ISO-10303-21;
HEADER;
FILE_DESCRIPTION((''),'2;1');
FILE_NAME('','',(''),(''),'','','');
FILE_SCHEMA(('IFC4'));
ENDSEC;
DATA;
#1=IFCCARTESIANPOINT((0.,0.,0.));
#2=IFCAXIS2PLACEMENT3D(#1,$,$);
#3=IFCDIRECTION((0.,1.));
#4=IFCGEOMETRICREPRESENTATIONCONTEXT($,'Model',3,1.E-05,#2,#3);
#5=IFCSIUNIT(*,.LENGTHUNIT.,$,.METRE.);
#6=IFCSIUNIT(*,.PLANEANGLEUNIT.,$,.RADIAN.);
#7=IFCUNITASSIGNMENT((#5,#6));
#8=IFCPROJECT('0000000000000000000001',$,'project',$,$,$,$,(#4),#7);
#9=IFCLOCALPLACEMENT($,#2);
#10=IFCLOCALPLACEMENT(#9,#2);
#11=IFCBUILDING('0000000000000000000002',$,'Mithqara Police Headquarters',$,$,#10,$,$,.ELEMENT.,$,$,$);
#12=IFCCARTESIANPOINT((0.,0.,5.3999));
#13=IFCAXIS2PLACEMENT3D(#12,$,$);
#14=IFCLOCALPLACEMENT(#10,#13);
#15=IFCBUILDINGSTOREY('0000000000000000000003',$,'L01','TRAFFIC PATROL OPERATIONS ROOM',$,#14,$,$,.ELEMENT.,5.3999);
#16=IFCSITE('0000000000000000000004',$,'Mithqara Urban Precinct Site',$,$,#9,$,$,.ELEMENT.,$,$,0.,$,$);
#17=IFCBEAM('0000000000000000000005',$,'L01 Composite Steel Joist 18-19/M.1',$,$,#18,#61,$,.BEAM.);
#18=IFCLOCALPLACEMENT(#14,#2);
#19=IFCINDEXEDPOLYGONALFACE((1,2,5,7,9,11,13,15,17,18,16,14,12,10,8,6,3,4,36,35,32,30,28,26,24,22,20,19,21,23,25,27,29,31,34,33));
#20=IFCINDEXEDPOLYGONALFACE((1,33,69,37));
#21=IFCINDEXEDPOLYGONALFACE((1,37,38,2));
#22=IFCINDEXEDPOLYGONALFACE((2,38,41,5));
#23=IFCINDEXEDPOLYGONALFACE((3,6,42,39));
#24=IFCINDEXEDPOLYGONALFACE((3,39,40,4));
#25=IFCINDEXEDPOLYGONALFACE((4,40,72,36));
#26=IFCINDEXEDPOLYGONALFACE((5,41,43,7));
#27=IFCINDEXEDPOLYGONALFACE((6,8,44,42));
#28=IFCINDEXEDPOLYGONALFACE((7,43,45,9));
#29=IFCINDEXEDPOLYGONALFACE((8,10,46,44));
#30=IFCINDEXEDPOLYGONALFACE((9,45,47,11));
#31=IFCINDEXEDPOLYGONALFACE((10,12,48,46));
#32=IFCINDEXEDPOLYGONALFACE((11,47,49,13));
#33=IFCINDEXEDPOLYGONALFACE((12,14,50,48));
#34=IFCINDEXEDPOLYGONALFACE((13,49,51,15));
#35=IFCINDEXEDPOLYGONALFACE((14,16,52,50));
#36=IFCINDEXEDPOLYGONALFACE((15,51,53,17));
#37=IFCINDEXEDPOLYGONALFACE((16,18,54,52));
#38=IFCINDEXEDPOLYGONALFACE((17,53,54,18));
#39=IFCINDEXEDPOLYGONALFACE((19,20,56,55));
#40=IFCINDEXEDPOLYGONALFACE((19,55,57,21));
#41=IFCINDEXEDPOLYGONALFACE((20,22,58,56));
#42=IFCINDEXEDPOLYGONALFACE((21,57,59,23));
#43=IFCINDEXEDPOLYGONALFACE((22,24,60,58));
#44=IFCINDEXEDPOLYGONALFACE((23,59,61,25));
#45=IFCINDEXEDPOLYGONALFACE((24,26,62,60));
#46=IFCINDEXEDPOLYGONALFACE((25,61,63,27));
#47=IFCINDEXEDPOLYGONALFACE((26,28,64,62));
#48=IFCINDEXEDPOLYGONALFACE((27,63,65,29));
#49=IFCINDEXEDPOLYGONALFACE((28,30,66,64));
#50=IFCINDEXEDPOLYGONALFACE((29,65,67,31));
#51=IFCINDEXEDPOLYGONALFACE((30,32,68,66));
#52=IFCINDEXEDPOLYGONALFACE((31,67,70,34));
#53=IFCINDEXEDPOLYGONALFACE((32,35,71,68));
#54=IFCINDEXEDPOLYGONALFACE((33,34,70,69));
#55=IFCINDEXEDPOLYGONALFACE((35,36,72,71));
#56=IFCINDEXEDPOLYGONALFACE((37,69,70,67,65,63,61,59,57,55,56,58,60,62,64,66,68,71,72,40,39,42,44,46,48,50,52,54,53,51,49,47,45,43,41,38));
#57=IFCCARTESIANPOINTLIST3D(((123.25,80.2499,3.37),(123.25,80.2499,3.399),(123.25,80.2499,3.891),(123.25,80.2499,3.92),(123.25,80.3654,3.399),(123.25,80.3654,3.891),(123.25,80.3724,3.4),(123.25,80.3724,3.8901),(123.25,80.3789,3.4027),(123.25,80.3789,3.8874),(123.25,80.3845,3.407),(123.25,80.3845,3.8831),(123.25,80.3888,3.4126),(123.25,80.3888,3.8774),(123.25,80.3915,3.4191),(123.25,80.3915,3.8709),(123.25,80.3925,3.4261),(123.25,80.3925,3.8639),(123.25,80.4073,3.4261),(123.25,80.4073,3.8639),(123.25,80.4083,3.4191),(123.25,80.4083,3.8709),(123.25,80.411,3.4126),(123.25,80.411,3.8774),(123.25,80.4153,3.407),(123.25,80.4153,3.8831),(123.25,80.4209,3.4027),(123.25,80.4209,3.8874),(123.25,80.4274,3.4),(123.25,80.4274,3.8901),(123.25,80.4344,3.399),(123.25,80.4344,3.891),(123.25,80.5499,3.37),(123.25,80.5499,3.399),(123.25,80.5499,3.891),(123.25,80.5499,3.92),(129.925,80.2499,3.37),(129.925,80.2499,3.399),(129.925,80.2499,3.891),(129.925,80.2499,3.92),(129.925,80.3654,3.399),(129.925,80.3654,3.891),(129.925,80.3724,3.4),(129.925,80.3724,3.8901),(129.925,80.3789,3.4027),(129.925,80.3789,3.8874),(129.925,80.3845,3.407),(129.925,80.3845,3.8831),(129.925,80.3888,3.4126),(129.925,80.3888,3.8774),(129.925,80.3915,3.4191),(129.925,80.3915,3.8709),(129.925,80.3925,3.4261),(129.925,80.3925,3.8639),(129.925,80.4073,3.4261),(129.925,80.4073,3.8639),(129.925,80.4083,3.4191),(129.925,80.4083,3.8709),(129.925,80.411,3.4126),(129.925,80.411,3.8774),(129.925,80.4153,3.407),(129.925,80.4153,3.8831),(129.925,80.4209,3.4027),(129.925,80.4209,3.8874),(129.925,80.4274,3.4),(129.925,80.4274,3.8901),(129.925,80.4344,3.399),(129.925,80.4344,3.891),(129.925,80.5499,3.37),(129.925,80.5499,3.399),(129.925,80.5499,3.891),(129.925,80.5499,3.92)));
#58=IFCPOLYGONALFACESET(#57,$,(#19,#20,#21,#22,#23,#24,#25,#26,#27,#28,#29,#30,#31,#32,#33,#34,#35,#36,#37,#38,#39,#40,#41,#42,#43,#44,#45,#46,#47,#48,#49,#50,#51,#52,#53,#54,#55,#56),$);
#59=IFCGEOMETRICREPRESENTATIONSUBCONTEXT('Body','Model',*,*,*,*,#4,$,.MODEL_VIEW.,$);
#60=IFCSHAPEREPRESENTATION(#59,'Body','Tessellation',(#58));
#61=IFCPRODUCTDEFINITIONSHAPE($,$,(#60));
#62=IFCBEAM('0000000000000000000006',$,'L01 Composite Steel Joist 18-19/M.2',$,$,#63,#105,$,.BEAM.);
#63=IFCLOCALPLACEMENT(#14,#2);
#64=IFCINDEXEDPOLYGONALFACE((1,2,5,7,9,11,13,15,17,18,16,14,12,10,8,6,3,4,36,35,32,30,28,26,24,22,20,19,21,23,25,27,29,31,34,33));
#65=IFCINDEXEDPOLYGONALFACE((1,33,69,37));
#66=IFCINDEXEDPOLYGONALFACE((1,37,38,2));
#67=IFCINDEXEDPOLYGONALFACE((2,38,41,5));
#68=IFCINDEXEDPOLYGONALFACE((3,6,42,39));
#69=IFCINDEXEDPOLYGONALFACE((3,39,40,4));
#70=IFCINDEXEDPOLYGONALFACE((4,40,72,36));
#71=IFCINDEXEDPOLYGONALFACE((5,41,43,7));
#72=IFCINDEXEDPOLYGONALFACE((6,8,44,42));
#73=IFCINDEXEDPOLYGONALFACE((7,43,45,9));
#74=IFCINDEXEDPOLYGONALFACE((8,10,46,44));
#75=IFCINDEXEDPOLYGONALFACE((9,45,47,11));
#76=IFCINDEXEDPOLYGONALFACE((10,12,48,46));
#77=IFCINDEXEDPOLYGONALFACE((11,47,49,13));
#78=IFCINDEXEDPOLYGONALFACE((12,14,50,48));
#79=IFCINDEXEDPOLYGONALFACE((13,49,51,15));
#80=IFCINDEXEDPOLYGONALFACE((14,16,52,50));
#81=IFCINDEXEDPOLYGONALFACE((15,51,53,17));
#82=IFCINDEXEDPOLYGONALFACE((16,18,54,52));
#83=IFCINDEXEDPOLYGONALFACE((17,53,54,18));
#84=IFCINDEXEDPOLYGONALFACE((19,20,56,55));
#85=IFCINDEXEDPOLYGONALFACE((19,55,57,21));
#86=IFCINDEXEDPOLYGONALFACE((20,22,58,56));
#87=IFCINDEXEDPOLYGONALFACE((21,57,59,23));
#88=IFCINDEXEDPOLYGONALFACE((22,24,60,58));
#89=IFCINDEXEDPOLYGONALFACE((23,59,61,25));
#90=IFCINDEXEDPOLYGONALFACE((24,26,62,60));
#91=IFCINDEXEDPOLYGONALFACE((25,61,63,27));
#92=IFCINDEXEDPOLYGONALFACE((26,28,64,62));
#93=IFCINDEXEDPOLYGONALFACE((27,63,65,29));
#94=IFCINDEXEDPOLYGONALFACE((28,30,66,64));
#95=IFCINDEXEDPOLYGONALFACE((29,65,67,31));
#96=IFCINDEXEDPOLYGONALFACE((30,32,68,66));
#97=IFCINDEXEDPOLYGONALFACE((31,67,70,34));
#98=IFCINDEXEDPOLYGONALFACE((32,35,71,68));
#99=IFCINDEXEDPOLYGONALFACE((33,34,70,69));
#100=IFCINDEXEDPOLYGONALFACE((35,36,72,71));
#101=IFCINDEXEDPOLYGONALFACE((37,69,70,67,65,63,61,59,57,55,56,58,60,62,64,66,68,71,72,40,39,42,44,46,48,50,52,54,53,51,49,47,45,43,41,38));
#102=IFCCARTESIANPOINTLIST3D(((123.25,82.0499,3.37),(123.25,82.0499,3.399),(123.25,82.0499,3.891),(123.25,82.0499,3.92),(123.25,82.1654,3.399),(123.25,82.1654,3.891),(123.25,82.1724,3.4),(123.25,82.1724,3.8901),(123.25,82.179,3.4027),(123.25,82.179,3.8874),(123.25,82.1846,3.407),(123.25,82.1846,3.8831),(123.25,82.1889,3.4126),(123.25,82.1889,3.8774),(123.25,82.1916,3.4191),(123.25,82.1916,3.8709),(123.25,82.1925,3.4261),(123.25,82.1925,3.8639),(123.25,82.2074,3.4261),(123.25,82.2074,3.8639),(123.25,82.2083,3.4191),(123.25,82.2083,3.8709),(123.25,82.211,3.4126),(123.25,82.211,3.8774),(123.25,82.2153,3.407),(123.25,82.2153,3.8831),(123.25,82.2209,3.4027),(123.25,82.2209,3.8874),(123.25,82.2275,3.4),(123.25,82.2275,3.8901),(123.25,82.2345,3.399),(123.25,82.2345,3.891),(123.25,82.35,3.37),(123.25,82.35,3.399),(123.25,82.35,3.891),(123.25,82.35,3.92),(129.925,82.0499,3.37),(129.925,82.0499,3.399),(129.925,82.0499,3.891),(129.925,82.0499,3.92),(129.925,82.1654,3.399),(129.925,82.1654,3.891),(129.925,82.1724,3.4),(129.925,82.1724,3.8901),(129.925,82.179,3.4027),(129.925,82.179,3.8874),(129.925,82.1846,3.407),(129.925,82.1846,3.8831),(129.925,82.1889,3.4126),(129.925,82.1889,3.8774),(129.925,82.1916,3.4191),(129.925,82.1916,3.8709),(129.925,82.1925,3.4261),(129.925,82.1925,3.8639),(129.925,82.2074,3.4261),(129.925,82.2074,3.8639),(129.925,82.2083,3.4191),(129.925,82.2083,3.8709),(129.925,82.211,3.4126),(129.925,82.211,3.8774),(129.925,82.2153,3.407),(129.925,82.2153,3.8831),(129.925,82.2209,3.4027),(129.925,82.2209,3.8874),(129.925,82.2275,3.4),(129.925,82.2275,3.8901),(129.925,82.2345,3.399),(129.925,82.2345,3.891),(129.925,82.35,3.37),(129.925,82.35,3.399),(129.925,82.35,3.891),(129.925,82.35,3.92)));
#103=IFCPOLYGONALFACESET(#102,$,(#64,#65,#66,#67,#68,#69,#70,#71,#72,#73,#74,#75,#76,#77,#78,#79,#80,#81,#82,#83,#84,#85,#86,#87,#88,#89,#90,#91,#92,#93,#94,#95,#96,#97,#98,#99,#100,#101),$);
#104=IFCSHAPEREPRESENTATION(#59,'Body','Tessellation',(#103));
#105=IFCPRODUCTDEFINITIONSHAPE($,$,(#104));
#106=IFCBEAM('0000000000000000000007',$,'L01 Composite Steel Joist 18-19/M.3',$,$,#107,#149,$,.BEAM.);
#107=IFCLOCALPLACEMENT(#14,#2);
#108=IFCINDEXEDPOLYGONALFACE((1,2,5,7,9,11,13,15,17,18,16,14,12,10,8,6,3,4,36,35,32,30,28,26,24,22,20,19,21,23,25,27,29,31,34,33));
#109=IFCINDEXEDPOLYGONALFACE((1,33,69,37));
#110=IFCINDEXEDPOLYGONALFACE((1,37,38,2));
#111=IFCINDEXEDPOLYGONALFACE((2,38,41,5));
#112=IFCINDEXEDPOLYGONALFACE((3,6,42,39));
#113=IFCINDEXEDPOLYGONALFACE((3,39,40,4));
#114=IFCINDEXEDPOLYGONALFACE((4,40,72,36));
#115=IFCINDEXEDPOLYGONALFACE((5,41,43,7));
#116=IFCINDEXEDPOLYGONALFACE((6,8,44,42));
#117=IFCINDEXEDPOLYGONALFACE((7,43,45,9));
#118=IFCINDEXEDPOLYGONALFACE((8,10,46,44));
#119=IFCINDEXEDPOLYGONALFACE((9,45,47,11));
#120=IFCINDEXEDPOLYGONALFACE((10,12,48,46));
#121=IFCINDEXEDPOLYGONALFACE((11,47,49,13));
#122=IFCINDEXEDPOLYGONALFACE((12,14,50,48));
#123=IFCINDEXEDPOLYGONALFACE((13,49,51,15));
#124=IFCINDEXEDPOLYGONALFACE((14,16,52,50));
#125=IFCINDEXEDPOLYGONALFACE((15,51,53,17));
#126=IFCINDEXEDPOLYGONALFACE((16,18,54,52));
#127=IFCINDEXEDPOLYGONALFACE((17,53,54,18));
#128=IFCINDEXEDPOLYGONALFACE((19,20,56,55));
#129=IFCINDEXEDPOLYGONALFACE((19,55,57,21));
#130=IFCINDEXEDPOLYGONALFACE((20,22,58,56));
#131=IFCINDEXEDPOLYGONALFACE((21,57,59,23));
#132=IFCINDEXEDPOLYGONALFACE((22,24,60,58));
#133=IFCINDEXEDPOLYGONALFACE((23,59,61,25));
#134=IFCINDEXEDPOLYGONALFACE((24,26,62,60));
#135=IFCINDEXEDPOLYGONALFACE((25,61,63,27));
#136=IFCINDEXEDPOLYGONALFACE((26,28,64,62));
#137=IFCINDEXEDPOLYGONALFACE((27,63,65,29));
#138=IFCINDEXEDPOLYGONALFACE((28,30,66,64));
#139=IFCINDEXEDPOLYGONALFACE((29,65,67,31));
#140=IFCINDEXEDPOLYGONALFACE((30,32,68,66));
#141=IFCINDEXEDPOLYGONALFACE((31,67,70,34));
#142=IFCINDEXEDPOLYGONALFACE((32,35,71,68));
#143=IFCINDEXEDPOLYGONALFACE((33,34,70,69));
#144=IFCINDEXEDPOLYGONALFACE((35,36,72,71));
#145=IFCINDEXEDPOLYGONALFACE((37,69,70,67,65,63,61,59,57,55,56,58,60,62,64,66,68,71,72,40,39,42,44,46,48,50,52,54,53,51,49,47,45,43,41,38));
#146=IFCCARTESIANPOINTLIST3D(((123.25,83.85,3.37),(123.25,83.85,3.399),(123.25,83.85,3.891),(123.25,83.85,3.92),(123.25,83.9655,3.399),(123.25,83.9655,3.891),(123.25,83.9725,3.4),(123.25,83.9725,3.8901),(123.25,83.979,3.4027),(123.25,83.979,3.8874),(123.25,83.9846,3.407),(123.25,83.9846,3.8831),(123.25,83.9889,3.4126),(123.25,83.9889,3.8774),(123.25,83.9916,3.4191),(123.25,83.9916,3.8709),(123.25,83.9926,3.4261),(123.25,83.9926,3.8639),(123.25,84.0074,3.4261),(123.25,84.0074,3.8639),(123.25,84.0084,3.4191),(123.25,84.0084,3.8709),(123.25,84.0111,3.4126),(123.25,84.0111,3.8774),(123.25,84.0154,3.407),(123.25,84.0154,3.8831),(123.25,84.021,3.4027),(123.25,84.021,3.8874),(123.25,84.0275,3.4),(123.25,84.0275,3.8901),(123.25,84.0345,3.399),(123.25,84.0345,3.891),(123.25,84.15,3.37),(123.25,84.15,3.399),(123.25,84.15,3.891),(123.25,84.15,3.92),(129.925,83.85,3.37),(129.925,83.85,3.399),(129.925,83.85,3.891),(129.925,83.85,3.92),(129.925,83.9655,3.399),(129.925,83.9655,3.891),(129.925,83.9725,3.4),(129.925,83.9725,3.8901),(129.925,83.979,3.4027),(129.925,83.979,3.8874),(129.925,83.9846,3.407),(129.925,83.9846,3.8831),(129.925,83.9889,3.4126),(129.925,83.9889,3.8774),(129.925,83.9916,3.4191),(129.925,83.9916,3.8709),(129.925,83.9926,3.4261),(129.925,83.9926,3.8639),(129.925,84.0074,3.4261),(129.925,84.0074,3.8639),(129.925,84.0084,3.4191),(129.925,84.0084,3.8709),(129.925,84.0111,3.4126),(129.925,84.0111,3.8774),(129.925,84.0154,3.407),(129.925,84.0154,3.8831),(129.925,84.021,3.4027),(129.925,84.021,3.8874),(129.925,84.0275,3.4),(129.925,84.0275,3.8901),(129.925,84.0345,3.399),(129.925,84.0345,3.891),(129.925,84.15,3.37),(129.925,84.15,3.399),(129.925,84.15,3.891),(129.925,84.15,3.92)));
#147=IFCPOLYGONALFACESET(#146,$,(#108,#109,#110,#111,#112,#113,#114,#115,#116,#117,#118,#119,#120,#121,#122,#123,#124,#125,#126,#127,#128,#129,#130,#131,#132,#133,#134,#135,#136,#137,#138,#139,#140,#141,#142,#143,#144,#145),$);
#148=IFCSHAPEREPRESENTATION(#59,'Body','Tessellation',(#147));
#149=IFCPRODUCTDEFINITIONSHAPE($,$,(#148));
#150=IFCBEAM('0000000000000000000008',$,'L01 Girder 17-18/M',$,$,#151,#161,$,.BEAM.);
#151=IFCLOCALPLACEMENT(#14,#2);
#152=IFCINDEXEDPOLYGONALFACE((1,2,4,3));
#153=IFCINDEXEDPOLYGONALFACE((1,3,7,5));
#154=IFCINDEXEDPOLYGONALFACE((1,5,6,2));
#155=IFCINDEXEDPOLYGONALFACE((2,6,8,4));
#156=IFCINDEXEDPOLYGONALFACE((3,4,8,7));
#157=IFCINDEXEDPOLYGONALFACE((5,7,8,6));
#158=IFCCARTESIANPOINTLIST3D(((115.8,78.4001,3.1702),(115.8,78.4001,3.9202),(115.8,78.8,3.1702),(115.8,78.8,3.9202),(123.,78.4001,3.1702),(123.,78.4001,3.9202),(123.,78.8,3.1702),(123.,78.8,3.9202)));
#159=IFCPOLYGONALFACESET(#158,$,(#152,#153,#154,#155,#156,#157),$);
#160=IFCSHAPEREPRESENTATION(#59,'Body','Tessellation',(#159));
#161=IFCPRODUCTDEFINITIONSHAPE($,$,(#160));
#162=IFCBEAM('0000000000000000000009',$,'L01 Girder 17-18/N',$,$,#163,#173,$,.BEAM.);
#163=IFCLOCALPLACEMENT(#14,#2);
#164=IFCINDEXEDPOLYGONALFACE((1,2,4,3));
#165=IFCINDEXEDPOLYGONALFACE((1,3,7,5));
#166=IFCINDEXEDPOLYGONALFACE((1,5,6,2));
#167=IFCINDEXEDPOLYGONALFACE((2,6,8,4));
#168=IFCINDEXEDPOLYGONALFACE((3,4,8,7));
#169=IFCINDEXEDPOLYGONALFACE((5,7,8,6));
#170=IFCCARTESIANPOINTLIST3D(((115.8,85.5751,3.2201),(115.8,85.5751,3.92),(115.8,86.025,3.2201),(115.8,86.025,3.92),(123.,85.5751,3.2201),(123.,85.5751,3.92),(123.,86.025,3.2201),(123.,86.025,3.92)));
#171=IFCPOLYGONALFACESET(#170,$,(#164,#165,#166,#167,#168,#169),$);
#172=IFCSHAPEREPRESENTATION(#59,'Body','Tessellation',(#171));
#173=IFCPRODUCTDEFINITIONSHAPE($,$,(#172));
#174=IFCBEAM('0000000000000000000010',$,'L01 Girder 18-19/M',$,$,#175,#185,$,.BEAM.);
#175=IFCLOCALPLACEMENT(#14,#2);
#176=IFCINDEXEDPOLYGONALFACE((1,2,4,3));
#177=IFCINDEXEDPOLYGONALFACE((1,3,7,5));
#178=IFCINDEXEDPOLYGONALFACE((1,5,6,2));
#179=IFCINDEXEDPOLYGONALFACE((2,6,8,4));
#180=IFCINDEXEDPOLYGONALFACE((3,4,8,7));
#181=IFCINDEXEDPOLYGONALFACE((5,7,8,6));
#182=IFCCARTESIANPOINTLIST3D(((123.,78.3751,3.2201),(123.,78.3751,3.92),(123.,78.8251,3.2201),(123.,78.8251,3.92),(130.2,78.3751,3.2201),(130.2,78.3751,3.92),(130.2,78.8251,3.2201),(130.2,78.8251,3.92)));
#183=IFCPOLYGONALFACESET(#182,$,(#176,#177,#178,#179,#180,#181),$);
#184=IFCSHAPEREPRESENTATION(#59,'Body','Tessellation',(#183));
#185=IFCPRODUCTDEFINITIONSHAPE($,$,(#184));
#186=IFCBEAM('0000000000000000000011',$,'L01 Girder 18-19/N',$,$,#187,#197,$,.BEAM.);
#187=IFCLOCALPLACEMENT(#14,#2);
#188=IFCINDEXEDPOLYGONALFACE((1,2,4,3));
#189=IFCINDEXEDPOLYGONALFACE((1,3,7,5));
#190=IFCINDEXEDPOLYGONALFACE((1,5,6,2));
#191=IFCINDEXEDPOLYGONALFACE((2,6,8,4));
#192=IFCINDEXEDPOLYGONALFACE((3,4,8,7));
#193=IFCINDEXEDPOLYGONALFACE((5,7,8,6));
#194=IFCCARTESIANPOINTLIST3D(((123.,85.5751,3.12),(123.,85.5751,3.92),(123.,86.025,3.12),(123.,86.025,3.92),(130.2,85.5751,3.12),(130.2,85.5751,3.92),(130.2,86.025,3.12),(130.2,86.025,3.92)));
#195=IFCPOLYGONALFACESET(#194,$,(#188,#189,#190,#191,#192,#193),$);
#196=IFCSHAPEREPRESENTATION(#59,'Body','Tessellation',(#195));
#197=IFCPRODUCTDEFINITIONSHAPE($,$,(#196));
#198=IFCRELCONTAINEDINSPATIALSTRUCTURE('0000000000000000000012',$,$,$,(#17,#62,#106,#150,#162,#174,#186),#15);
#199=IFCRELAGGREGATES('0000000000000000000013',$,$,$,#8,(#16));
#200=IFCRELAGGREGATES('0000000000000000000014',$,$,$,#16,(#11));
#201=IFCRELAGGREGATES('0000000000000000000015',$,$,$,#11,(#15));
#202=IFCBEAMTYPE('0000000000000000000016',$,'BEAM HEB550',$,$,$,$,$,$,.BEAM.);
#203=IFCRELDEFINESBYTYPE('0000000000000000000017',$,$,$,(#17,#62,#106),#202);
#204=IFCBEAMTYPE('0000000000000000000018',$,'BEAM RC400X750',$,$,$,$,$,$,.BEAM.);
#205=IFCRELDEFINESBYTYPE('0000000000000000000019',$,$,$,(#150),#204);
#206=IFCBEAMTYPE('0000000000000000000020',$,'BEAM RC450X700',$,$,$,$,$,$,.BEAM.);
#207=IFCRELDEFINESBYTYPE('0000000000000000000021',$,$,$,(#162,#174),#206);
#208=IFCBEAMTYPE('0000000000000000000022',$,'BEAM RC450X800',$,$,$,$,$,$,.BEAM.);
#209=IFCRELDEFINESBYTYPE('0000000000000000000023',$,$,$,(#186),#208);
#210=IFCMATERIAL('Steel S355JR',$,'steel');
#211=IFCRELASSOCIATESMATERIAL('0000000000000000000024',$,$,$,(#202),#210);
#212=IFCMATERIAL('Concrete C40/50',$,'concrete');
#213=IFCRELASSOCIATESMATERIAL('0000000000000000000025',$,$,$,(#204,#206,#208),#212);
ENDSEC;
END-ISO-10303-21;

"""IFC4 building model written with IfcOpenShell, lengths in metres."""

from ifc_helpers import new_model, si_unit, direction, frame, origin, origin_2d, place, context, subcontext, project, spatial, rectangle, i_section, extrude, material, material_profile, profile_set, type_object, element, save


model = new_model("IFC4")

# Units and contexts
model_context = context("Model", 3, precision=1e-05, world=origin(), true_north=direction((0.0, 1.0)))
body_context = subcontext(model_context, "Body", "Model", "MODEL_VIEW")
ifc_project = project(units=[si_unit("LENGTHUNIT", "METRE"), si_unit("PLANEANGLEUNIT", "RADIAN")], contexts=[model_context])

# Site, building, storey
site_placement = place(None, origin())
site = spatial("IfcSite", under=ifc_project, at=site_placement, Name="Mithqara Urban Precinct Site", CompositionType="ELEMENT", RefElevation=0.0)
building_placement = place(site_placement, origin())
building = spatial("IfcBuilding", under=site, at=building_placement, Name="Mithqara Police Headquarters", CompositionType="ELEMENT")
storey_placement = place(building_placement, frame((0.0, 0.0, 5.3999)))
storey = spatial("IfcBuildingStorey", under=building, at=storey_placement, Name="L01", Description="TRAFFIC PATROL OPERATIONS ROOM", CompositionType="ELEMENT", Elevation=5.3999)

# Beams
ifc_material_1 = material(Name="Steel S355JR", Category="steel")
ifc_material_profile_1 = material_profile(ifc_material_1, i_section(OverallWidth=0.3, OverallDepth=0.55, WebThickness=0.0149, FlangeThickness=0.0291, FilletRadius=0.0271, at=origin_2d()), Name="HEB 550")
ifc_profile_set_1 = profile_set([ifc_material_profile_1], Name="Steel S355JR")
beam_type_1 = type_object("IfcBeamType", Name="BEAM HEB550", PredefinedType="BEAM", material=ifc_profile_set_1)
for number, where, z_axis, x_axis, name in (
    (1, (123.25, 80.3999, 3.645), (1.0, 0.0, 0.0), (0.0, 1.0, 0.0), "L01 Composite Steel Joist 18-19/M.1"),
    (2, (123.25, 82.2, 3.645), (1.0, 0.0, 0.0), (0.0, 1.0, 0.0), "L01 Composite Steel Joist 18-19/M.2"),
    (3, (123.25, 84.0, 3.645), (1.0, 0.0, 0.0), (0.0, 1.0, 0.0), "L01 Composite Steel Joist 18-19/M.3"),
):
    element("IfcBeam", number, at=place(storey_placement, frame(where, z_axis=z_axis, x_axis=x_axis)), inside=storey, type_object=beam_type_1, Name=name, PredefinedType="BEAM", context=body_context, shape_type="SweptSolid", body=[
        extrude(i_section(OverallWidth=0.3, OverallDepth=0.55, WebThickness=0.0149, FlangeThickness=0.0291, FilletRadius=0.0271, at=origin_2d()), origin(), (0.0, 0.0, 1.0), 6.675),
    ])
ifc_material_2 = material(Name="Concrete C40/50", Category="concrete")
ifc_material_profile_2 = material_profile(ifc_material_2, rectangle(XDim=0.3999, YDim=0.75, at=origin_2d()), Name="RC 400x750")
ifc_profile_set_2 = profile_set([ifc_material_profile_2], Name="Concrete C40/50")
beam_type_2 = type_object("IfcBeamType", Name="BEAM RC400X750", PredefinedType="BEAM", material=ifc_profile_set_2)
beam_1_placement = place(storey_placement, frame((115.8, 78.6001, 3.5452), z_axis=(1.0, 0.0, 0.0), x_axis=(0.0, 1.0, 0.0)))
element("IfcBeam", 4, at=beam_1_placement, inside=storey, type_object=beam_type_2, Name="L01 Girder 17-18/M", PredefinedType="BEAM", context=body_context, shape_type="SweptSolid", body=[
    extrude(rectangle(XDim=0.3999, YDim=0.75, at=origin_2d()), origin(), (0.0, 0.0, 1.0), 7.2),
])
ifc_material_profile_3 = material_profile(ifc_material_2, rectangle(XDim=0.45, YDim=0.7, at=origin_2d()), Name="RC 450x700")
ifc_profile_set_3 = profile_set([ifc_material_profile_3], Name="Concrete C40/50")
beam_type_3 = type_object("IfcBeamType", Name="BEAM RC450X700", PredefinedType="BEAM", material=ifc_profile_set_3)
for number, where, z_axis, x_axis, name in (
    (5, (115.8, 85.8, 3.5701), (1.0, 0.0, 0.0), (0.0, 1.0, 0.0), "L01 Girder 17-18/N"),
    (6, (123.0, 78.6001, 3.5701), (1.0, 0.0, 0.0), (0.0, 1.0, 0.0), "L01 Girder 18-19/M"),
):
    element("IfcBeam", number, at=place(storey_placement, frame(where, z_axis=z_axis, x_axis=x_axis)), inside=storey, type_object=beam_type_3, Name=name, PredefinedType="BEAM", context=body_context, shape_type="SweptSolid", body=[
        extrude(rectangle(XDim=0.45, YDim=0.7, at=origin_2d()), origin(), (0.0, 0.0, 1.0), 7.2),
    ])
ifc_material_profile_4 = material_profile(ifc_material_2, rectangle(XDim=0.45, YDim=0.8, at=origin_2d()), Name="RC 450x800")
ifc_profile_set_4 = profile_set([ifc_material_profile_4], Name="Concrete C40/50")
beam_type_4 = type_object("IfcBeamType", Name="BEAM RC450X800", PredefinedType="BEAM", material=ifc_profile_set_4)
beam_2_placement = place(storey_placement, frame((123.0, 85.8, 3.52), z_axis=(1.0, 0.0, 0.0), x_axis=(0.0, 1.0, 0.0)))
element("IfcBeam", 7, at=beam_2_placement, inside=storey, type_object=beam_type_4, Name="L01 Girder 18-19/N", PredefinedType="BEAM", context=body_context, shape_type="SweptSolid", body=[
    extrude(rectangle(XDim=0.45, YDim=0.8, at=origin_2d()), origin(), (0.0, 0.0, 1.0), 7.2),
])

save(model, "model.ifc")
